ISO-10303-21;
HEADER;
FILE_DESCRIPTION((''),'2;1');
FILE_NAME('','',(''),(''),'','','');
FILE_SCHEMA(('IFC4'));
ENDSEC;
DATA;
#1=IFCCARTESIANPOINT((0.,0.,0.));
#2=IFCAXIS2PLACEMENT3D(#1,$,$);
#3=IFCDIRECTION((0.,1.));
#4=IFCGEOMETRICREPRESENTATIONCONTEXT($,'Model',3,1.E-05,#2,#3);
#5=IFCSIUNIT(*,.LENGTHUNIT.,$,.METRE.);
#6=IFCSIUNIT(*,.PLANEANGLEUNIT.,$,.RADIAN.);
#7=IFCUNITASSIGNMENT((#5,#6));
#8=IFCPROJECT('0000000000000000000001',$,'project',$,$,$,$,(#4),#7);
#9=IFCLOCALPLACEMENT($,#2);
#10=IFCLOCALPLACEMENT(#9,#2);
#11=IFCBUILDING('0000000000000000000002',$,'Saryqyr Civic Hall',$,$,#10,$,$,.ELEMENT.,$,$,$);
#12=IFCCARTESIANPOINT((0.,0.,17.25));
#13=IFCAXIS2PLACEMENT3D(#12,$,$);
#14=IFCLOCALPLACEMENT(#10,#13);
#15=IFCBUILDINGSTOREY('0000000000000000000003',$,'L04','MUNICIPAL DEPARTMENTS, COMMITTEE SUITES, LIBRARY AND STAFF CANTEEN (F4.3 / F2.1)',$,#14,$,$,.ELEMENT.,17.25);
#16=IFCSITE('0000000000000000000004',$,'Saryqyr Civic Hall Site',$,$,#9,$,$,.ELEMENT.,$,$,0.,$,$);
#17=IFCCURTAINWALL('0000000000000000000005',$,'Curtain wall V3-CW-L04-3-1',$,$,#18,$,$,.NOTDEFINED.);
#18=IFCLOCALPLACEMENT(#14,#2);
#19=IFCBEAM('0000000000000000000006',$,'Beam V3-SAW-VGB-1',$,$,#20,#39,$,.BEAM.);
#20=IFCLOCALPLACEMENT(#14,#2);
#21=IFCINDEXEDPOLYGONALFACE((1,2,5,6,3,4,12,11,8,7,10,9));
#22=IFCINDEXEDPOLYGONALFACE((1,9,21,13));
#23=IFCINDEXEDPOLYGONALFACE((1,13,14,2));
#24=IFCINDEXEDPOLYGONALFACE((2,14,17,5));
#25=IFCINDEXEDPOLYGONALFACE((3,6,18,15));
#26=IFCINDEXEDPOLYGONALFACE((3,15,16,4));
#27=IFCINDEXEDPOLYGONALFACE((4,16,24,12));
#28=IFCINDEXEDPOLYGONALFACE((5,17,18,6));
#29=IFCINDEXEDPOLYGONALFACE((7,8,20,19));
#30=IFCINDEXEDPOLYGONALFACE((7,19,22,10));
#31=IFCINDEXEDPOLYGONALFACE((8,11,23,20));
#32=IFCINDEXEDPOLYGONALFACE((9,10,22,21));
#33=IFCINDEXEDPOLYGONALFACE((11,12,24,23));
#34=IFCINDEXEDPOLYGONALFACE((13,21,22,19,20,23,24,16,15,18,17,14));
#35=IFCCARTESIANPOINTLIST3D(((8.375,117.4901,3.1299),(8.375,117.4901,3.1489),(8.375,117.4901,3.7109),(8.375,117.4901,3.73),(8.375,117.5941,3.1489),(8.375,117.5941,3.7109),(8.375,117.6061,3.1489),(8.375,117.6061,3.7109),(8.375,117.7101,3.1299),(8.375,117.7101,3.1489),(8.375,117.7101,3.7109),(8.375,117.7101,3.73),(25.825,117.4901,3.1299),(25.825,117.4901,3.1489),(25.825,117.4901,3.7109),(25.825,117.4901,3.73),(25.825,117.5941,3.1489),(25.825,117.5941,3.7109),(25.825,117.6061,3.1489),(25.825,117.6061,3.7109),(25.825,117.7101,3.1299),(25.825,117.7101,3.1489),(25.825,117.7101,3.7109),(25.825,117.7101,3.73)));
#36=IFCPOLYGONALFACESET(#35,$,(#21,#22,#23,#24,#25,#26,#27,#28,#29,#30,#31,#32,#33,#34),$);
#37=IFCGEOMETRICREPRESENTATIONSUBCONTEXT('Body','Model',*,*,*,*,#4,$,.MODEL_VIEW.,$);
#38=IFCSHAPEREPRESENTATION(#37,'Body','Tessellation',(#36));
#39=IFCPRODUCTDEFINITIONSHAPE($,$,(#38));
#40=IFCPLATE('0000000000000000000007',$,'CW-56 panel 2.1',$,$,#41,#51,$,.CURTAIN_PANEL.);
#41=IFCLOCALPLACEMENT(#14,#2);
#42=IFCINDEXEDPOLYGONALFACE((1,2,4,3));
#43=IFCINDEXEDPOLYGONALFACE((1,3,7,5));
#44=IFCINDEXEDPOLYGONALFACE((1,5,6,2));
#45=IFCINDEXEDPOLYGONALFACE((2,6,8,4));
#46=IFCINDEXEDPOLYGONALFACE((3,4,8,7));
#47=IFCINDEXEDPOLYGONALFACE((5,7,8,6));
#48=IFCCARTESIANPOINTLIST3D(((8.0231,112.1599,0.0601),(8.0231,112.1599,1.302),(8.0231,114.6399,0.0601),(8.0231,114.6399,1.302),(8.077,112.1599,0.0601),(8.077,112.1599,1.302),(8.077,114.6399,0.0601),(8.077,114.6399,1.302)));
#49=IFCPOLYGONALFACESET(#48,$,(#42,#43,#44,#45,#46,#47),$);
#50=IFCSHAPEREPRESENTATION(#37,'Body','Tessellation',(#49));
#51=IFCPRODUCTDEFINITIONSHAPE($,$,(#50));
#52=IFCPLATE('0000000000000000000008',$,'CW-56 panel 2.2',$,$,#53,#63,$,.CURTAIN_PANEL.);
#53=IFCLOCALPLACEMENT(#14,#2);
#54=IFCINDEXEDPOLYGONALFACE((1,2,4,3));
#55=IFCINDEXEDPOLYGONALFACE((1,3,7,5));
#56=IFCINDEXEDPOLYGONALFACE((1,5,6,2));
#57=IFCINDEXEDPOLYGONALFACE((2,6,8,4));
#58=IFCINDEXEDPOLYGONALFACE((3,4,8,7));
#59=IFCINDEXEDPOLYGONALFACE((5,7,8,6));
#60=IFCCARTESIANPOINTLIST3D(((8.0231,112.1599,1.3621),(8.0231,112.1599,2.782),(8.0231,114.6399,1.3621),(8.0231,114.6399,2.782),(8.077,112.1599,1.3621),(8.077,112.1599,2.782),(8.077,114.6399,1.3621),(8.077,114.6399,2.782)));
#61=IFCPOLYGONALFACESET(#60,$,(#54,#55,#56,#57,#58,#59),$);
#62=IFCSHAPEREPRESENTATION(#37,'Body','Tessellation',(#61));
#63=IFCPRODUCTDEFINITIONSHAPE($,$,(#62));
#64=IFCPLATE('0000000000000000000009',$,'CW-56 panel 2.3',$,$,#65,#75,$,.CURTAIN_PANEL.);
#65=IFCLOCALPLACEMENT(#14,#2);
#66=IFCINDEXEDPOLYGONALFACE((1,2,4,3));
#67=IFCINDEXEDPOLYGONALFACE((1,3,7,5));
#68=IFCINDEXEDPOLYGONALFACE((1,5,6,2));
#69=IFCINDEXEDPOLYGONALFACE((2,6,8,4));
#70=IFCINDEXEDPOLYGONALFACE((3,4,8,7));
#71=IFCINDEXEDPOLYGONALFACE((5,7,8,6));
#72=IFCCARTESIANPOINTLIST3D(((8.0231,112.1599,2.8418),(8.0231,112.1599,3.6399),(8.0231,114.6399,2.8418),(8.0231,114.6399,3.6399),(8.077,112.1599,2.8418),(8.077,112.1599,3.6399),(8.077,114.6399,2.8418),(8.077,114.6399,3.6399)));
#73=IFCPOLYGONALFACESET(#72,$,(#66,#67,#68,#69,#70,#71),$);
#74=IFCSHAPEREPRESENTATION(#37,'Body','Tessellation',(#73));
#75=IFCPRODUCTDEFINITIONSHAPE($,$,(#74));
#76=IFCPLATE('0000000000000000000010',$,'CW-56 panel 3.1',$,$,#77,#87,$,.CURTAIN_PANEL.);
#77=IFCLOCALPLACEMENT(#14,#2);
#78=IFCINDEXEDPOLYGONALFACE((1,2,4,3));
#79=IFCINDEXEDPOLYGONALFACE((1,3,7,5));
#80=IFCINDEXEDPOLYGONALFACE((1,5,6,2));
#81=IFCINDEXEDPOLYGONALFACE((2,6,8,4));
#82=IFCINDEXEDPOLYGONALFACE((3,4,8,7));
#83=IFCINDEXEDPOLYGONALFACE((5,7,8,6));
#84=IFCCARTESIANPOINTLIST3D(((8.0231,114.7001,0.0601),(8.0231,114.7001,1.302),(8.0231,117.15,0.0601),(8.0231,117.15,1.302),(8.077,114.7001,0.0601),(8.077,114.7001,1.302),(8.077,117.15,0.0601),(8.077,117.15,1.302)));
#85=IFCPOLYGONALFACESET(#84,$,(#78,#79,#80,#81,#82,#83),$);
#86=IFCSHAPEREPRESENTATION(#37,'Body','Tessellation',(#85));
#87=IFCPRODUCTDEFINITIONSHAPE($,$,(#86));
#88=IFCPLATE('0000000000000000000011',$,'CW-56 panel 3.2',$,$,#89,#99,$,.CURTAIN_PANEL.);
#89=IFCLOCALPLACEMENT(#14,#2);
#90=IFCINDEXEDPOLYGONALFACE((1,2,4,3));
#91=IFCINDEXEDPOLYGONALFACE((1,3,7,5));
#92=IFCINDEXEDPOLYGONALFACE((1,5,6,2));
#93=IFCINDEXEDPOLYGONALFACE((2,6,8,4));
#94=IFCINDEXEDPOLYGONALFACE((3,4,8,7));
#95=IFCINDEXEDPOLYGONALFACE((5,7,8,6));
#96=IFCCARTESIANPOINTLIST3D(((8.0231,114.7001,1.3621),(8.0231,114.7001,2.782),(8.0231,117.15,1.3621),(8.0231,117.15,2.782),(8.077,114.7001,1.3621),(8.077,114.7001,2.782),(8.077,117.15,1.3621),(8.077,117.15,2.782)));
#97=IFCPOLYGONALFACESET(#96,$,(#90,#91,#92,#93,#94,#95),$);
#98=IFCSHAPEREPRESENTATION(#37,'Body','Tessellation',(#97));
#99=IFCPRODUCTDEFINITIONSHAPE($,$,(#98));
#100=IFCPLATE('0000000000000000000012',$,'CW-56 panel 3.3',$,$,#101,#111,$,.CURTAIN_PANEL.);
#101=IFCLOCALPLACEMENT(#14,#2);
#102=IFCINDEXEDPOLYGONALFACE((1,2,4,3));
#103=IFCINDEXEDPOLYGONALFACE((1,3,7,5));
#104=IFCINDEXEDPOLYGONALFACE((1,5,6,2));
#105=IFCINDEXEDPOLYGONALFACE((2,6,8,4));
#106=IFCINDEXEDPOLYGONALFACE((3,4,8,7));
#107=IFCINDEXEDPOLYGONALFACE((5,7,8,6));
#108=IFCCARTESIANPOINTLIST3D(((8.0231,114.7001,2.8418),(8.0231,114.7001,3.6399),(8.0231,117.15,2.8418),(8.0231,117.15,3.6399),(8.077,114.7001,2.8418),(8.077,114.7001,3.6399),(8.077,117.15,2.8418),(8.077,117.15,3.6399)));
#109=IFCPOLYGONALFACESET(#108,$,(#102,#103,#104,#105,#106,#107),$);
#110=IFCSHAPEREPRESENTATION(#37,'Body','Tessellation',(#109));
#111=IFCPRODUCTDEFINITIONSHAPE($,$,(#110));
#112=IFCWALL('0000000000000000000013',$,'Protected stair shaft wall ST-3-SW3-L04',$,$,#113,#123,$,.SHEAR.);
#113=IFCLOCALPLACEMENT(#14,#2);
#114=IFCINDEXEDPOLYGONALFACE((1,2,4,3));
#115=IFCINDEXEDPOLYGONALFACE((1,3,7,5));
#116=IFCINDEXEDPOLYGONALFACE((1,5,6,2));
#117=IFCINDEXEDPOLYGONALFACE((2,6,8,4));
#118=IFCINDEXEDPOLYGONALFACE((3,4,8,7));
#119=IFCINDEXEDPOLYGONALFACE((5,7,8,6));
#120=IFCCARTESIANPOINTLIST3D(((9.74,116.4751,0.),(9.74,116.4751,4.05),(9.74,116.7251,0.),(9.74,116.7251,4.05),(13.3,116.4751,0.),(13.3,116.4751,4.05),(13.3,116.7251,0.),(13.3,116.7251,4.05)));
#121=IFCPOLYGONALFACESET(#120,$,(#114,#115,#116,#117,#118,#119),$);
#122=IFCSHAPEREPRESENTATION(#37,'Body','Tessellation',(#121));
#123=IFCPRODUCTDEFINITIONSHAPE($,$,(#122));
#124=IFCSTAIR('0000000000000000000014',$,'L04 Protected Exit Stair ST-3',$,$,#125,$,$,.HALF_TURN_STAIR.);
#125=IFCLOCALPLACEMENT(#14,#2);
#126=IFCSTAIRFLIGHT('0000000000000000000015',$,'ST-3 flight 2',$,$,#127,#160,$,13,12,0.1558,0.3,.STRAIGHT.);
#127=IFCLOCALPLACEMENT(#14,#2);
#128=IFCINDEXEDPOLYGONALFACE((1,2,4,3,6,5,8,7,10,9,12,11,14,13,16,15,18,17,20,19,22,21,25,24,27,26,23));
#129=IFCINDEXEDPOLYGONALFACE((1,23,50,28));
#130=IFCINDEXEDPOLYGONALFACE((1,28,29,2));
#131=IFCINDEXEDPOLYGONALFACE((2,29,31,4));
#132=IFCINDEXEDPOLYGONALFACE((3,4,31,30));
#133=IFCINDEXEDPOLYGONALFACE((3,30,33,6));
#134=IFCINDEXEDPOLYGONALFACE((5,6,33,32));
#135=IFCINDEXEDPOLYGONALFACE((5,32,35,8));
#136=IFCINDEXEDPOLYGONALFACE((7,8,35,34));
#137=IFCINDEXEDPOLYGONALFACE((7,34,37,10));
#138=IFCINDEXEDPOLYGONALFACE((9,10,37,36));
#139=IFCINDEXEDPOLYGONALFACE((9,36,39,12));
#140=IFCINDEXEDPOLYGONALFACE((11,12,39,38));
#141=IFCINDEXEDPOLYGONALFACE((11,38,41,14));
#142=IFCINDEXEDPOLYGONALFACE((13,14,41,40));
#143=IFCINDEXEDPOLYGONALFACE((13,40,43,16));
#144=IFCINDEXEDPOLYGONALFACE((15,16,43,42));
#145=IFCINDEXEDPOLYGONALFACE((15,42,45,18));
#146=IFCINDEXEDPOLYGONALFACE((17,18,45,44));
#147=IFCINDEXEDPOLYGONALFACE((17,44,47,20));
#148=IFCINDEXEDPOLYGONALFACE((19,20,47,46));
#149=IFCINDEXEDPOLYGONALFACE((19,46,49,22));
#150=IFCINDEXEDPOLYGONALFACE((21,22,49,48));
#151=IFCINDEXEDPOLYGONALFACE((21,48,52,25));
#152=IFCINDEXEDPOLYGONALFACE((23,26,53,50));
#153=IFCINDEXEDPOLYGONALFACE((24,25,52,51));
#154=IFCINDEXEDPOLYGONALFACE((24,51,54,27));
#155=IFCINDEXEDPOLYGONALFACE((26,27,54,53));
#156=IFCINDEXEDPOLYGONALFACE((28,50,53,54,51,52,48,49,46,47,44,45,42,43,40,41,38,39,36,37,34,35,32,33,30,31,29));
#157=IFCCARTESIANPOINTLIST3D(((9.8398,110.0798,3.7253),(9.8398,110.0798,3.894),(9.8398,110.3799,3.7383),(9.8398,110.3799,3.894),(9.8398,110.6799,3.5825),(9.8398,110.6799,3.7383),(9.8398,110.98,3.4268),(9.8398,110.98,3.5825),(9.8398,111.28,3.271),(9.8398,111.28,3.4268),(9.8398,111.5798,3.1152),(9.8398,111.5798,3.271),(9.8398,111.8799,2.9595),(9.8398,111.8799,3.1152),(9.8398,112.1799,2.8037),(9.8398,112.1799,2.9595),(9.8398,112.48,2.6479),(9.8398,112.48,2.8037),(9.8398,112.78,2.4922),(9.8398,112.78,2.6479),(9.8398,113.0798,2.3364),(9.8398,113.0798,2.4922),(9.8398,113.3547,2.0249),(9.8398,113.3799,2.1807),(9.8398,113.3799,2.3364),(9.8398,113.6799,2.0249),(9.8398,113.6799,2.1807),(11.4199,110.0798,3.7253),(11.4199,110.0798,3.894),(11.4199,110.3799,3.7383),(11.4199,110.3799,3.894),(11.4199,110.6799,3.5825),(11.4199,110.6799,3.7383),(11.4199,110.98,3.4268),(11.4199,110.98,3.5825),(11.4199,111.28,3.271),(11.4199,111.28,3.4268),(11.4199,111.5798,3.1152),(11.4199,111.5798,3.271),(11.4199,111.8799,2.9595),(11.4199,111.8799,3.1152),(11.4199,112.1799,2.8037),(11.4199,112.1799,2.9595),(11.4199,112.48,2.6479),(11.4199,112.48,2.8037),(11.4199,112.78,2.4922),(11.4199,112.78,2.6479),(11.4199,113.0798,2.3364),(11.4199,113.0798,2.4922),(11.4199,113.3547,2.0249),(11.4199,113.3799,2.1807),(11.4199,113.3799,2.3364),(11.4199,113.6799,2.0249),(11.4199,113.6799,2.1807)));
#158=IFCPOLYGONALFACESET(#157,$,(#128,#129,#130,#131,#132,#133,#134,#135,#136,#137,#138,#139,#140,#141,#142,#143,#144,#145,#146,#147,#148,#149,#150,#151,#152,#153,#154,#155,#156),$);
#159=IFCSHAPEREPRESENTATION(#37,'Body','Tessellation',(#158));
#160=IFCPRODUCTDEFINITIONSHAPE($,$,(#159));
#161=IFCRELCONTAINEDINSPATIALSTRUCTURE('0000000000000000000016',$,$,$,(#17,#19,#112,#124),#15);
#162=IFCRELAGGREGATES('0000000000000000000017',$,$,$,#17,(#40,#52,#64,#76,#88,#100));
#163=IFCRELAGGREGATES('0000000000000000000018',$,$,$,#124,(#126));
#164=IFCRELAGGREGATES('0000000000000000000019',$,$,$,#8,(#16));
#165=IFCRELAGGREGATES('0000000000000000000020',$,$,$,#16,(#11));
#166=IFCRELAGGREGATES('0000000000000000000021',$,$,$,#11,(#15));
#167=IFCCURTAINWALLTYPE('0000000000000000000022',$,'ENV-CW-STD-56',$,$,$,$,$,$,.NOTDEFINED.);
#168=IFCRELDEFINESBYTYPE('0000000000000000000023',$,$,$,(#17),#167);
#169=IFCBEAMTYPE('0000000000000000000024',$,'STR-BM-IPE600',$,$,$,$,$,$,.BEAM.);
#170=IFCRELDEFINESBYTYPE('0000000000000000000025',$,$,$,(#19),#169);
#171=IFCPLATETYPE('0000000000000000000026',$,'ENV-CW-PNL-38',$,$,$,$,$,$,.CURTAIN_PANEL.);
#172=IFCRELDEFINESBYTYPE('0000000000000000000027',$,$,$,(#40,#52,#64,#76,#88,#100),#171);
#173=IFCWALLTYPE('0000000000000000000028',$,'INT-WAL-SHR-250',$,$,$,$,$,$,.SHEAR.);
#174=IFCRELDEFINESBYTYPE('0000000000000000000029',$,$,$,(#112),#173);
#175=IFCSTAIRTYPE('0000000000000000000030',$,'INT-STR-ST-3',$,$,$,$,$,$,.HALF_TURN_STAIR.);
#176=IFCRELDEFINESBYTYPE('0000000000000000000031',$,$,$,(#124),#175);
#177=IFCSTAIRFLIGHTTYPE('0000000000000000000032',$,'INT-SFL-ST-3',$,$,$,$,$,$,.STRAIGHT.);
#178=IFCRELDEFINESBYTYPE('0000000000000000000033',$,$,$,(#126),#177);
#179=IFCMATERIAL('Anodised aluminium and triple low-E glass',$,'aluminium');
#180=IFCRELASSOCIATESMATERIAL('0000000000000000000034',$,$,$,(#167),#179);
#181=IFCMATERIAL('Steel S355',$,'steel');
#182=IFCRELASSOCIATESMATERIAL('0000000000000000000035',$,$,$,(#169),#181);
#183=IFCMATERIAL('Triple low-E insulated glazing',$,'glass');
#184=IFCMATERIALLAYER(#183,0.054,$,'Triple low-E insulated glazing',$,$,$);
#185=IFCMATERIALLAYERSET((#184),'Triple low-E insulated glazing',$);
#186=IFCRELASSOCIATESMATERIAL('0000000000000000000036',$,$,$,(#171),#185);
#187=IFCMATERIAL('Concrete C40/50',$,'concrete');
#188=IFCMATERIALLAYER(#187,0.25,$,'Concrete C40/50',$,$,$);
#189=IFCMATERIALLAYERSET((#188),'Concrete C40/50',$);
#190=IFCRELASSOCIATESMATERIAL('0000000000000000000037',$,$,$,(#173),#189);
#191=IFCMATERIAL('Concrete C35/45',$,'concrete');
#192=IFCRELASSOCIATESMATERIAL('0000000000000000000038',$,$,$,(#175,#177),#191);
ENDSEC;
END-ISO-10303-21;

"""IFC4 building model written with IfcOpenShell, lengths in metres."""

from ifc_helpers import new_model, si_unit, direction, frame, frame_2d, origin, origin_2d, place, context, subcontext, project, spatial, polyline, rectangle, i_section, outline, extrude, material, layer, layer_set, material_profile, profile_set, type_object, element, aggregate, save


model = new_model("IFC4")

# Units and contexts
model_context = context("Model", 3, precision=1e-05, world=origin(), true_north=direction((0.0, 1.0)))
body_context = subcontext(model_context, "Body", "Model", "MODEL_VIEW")
ifc_project = project(units=[si_unit("LENGTHUNIT", "METRE"), si_unit("PLANEANGLEUNIT", "RADIAN")], contexts=[model_context])

# Site, building, storey
site_placement = place(None, origin())
site = spatial("IfcSite", under=ifc_project, at=site_placement, Name="Saryqyr Civic Hall Site", CompositionType="ELEMENT", RefElevation=0.0)
building_placement = place(site_placement, origin())
building = spatial("IfcBuilding", under=site, at=building_placement, Name="Saryqyr Civic Hall", CompositionType="ELEMENT")
storey_placement = place(building_placement, frame((0.0, 0.0, 17.25)))
storey = spatial("IfcBuildingStorey", under=building, at=storey_placement, Name="L04", Description="MUNICIPAL DEPARTMENTS, COMMITTEE SUITES, LIBRARY AND STAFF CANTEEN (F4.3 / F2.1)", CompositionType="ELEMENT", Elevation=17.25)

# Shared definitions
ifc_material_1 = material(Name="Concrete C40/50", Category="concrete")

# Curtain wall
ifc_material_2 = material(Name="Anodised aluminium and triple low-E glass", Category="aluminium")
curtain_wall_type = type_object("IfcCurtainWallType", Name="ENV-CW-STD-56", PredefinedType="NOTDEFINED", material=ifc_material_2)
curtain_wall_placement = place(storey_placement, origin())
curtain_wall = element("IfcCurtainWall", 1, at=curtain_wall_placement, inside=storey, type_object=curtain_wall_type, Name="Curtain wall V3-CW-L04-3-1", PredefinedType="NOTDEFINED")

# Beam
ifc_material_3 = material(Name="Steel S355", Category="steel")
ifc_material_profile_1 = material_profile(ifc_material_3, i_section(OverallWidth=0.22, OverallDepth=0.6001, WebThickness=0.012, FlangeThickness=0.019, at=origin_2d()), Name="IPE 600")
ifc_profile_set_1 = profile_set([ifc_material_profile_1], Name="Steel S355")
beam_type = type_object("IfcBeamType", Name="STR-BM-IPE600", PredefinedType="BEAM", material=ifc_profile_set_1)
beam_placement = place(storey_placement, frame((8.375, 117.6001, 3.4299), z_axis=(1.0, 0.0, 0.0), x_axis=(0.0, 1.0, 0.0)))
element("IfcBeam", 2, at=beam_placement, inside=storey, type_object=beam_type, Name="Beam V3-SAW-VGB-1", PredefinedType="BEAM", context=body_context, shape_type="SweptSolid", body=[
    extrude(i_section(OverallWidth=0.22, OverallDepth=0.6001, WebThickness=0.012, FlangeThickness=0.019, at=origin_2d()), origin(), (0.0, 0.0, 1.0), 17.45),
])

# Plates
ifc_material_4 = material(Name="Triple low-E insulated glazing", Category="glass")
ifc_layer_1 = layer(ifc_material_4, 0.054, Name="Triple low-E insulated glazing")
ifc_layer_set_1 = layer_set([ifc_layer_1], Name="Triple low-E insulated glazing")
plate_type = type_object("IfcPlateType", Name="ENV-CW-PNL-38", PredefinedType="CURTAIN_PANEL", material=ifc_layer_set_1)
plate_1_placement = place(storey_placement, frame((8.05, 113.3999, 0.0601), z_axis=(0.0, 0.0, 1.0), x_axis=(0.0, 1.0, 0.0)))
plate_1 = element("IfcPlate", 3, at=plate_1_placement, type_object=plate_type, Name="CW-56 panel 2.1", PredefinedType="CURTAIN_PANEL", context=body_context, shape_type="SweptSolid", body=[
    extrude(rectangle(XDim=2.48, YDim=0.054, at=origin_2d()), origin(), (0.0, 0.0, 1.0), 1.2419),
])
plate_2_placement = place(storey_placement, frame((8.05, 113.3999, 1.3621), z_axis=(0.0, 0.0, 1.0), x_axis=(0.0, 1.0, 0.0)))
plate_2 = element("IfcPlate", 4, at=plate_2_placement, type_object=plate_type, Name="CW-56 panel 2.2", PredefinedType="CURTAIN_PANEL", context=body_context, shape_type="SweptSolid", body=[
    extrude(rectangle(XDim=2.48, YDim=0.054, at=origin_2d()), origin(), (0.0, 0.0, 1.0), 1.4199),
])
plate_3_placement = place(storey_placement, frame((8.05, 113.3999, 2.8418), z_axis=(0.0, 0.0, 1.0), x_axis=(0.0, 1.0, 0.0)))
plate_3 = element("IfcPlate", 5, at=plate_3_placement, type_object=plate_type, Name="CW-56 panel 2.3", PredefinedType="CURTAIN_PANEL", context=body_context, shape_type="SweptSolid", body=[
    extrude(rectangle(XDim=2.48, YDim=0.054, at=origin_2d()), origin(), (0.0, 0.0, 1.0), 0.7981),
])
plate_4_placement = place(storey_placement, frame((8.05, 115.925, 0.0601), z_axis=(0.0, 0.0, 1.0), x_axis=(0.0, 1.0, 0.0)))
plate_4 = element("IfcPlate", 6, at=plate_4_placement, type_object=plate_type, Name="CW-56 panel 3.1", PredefinedType="CURTAIN_PANEL", context=body_context, shape_type="SweptSolid", body=[
    extrude(rectangle(XDim=2.45, YDim=0.054, at=origin_2d()), origin(), (0.0, 0.0, 1.0), 1.2419),
])
plate_5_placement = place(storey_placement, frame((8.05, 115.925, 1.3621), z_axis=(0.0, 0.0, 1.0), x_axis=(0.0, 1.0, 0.0)))
plate_5 = element("IfcPlate", 7, at=plate_5_placement, type_object=plate_type, Name="CW-56 panel 3.2", PredefinedType="CURTAIN_PANEL", context=body_context, shape_type="SweptSolid", body=[
    extrude(rectangle(XDim=2.45, YDim=0.054, at=origin_2d()), origin(), (0.0, 0.0, 1.0), 1.4199),
])
plate_6_placement = place(storey_placement, frame((8.05, 115.925, 2.8418), z_axis=(0.0, 0.0, 1.0), x_axis=(0.0, 1.0, 0.0)))
plate_6 = element("IfcPlate", 8, at=plate_6_placement, type_object=plate_type, Name="CW-56 panel 3.3", PredefinedType="CURTAIN_PANEL", context=body_context, shape_type="SweptSolid", body=[
    extrude(rectangle(XDim=2.45, YDim=0.054, at=origin_2d()), origin(), (0.0, 0.0, 1.0), 0.7981),
])
aggregate(curtain_wall, [plate_1, plate_2, plate_3, plate_4, plate_5, plate_6])

# Wall
ifc_layer_2 = layer(ifc_material_1, 0.25, Name="Concrete C40/50")
ifc_layer_set_2 = layer_set([ifc_layer_2], Name="Concrete C40/50")
wall_type = type_object("IfcWallType", Name="INT-WAL-SHR-250", PredefinedType="SHEAR", material=ifc_layer_set_2)
wall_placement = place(storey_placement, frame((9.74, 116.6001, 0.0), z_axis=(0.0, 0.0, 1.0), x_axis=(1.0, 0.0, 0.0)))
element("IfcWall", 9, at=wall_placement, inside=storey, type_object=wall_type, Name="Protected stair shaft wall ST-3-SW3-L04", PredefinedType="SHEAR", context=body_context, shape_type="SweptSolid", body=[
    extrude(rectangle(XDim=3.5601, YDim=0.25, at=frame_2d((1.78, 0.0))), origin(), (0.0, 0.0, 1.0), 4.05),
])

# Stair, stair flight
ifc_material_5 = material(Name="Concrete C35/45", Category="concrete")
stair_type = type_object("IfcStairType", Name="INT-STR-ST-3", PredefinedType="HALF_TURN_STAIR", material=ifc_material_5)
stair_placement = place(storey_placement, origin())
stair = element("IfcStair", 10, at=stair_placement, inside=storey, type_object=stair_type, Name="L04 Protected Exit Stair ST-3", PredefinedType="HALF_TURN_STAIR")
stair_flight_type = type_object("IfcStairFlightType", Name="INT-SFL-ST-3", PredefinedType="STRAIGHT", material=ifc_material_5)
stair_flight_placement = place(storey_placement, frame((10.6299, 113.6799, 2.0249), z_axis=(0.0, 0.0, 1.0), x_axis=(0.0, -1.0, 0.0)))
stair_flight = element("IfcStairFlight", 11, at=stair_flight_placement, type_object=stair_flight_type, Name="ST-3 flight 2", NumberOfRisers=13, NumberOfTreads=12, PredefinedType="STRAIGHT", RiserHeight=0.1558, TreadLength=0.3, context=body_context, shape_type="SweptSolid", body=[
    extrude(outline(polyline([(0.0, 0.0), (0.0, 0.1558), (0.3, 0.1558), (0.3, 0.3115), (0.6001, 0.3115), (0.6001, 0.4673), (0.8999, 0.4673), (0.8999, 0.623), (1.2, 0.623), (1.2, 0.7788), (1.5, 0.7788), (1.5, 0.9346), (1.8, 0.9346), (1.8, 1.0903), (2.1001, 1.0903), (2.1001, 1.2461), (2.3999, 1.2461), (2.3999, 1.4019), (2.7, 1.4019), (2.7, 1.5576), (3.0, 1.5576), (3.0, 1.7134), (3.3, 1.7134), (3.3, 1.8691), (3.6001, 1.8691), (3.6001, 2.0249), (3.6001, 1.7004), (0.3252, 0.0), (0.0, 0.0)])), frame((0.0, 0.79, 0.0), z_axis=(0.0, -1.0, 0.0), x_axis=(1.0, 0.0, 0.0)), (0.0, 0.0, 1.0), 1.5801),
])
aggregate(stair, [stair_flight])

save(model, "model.ifc")
